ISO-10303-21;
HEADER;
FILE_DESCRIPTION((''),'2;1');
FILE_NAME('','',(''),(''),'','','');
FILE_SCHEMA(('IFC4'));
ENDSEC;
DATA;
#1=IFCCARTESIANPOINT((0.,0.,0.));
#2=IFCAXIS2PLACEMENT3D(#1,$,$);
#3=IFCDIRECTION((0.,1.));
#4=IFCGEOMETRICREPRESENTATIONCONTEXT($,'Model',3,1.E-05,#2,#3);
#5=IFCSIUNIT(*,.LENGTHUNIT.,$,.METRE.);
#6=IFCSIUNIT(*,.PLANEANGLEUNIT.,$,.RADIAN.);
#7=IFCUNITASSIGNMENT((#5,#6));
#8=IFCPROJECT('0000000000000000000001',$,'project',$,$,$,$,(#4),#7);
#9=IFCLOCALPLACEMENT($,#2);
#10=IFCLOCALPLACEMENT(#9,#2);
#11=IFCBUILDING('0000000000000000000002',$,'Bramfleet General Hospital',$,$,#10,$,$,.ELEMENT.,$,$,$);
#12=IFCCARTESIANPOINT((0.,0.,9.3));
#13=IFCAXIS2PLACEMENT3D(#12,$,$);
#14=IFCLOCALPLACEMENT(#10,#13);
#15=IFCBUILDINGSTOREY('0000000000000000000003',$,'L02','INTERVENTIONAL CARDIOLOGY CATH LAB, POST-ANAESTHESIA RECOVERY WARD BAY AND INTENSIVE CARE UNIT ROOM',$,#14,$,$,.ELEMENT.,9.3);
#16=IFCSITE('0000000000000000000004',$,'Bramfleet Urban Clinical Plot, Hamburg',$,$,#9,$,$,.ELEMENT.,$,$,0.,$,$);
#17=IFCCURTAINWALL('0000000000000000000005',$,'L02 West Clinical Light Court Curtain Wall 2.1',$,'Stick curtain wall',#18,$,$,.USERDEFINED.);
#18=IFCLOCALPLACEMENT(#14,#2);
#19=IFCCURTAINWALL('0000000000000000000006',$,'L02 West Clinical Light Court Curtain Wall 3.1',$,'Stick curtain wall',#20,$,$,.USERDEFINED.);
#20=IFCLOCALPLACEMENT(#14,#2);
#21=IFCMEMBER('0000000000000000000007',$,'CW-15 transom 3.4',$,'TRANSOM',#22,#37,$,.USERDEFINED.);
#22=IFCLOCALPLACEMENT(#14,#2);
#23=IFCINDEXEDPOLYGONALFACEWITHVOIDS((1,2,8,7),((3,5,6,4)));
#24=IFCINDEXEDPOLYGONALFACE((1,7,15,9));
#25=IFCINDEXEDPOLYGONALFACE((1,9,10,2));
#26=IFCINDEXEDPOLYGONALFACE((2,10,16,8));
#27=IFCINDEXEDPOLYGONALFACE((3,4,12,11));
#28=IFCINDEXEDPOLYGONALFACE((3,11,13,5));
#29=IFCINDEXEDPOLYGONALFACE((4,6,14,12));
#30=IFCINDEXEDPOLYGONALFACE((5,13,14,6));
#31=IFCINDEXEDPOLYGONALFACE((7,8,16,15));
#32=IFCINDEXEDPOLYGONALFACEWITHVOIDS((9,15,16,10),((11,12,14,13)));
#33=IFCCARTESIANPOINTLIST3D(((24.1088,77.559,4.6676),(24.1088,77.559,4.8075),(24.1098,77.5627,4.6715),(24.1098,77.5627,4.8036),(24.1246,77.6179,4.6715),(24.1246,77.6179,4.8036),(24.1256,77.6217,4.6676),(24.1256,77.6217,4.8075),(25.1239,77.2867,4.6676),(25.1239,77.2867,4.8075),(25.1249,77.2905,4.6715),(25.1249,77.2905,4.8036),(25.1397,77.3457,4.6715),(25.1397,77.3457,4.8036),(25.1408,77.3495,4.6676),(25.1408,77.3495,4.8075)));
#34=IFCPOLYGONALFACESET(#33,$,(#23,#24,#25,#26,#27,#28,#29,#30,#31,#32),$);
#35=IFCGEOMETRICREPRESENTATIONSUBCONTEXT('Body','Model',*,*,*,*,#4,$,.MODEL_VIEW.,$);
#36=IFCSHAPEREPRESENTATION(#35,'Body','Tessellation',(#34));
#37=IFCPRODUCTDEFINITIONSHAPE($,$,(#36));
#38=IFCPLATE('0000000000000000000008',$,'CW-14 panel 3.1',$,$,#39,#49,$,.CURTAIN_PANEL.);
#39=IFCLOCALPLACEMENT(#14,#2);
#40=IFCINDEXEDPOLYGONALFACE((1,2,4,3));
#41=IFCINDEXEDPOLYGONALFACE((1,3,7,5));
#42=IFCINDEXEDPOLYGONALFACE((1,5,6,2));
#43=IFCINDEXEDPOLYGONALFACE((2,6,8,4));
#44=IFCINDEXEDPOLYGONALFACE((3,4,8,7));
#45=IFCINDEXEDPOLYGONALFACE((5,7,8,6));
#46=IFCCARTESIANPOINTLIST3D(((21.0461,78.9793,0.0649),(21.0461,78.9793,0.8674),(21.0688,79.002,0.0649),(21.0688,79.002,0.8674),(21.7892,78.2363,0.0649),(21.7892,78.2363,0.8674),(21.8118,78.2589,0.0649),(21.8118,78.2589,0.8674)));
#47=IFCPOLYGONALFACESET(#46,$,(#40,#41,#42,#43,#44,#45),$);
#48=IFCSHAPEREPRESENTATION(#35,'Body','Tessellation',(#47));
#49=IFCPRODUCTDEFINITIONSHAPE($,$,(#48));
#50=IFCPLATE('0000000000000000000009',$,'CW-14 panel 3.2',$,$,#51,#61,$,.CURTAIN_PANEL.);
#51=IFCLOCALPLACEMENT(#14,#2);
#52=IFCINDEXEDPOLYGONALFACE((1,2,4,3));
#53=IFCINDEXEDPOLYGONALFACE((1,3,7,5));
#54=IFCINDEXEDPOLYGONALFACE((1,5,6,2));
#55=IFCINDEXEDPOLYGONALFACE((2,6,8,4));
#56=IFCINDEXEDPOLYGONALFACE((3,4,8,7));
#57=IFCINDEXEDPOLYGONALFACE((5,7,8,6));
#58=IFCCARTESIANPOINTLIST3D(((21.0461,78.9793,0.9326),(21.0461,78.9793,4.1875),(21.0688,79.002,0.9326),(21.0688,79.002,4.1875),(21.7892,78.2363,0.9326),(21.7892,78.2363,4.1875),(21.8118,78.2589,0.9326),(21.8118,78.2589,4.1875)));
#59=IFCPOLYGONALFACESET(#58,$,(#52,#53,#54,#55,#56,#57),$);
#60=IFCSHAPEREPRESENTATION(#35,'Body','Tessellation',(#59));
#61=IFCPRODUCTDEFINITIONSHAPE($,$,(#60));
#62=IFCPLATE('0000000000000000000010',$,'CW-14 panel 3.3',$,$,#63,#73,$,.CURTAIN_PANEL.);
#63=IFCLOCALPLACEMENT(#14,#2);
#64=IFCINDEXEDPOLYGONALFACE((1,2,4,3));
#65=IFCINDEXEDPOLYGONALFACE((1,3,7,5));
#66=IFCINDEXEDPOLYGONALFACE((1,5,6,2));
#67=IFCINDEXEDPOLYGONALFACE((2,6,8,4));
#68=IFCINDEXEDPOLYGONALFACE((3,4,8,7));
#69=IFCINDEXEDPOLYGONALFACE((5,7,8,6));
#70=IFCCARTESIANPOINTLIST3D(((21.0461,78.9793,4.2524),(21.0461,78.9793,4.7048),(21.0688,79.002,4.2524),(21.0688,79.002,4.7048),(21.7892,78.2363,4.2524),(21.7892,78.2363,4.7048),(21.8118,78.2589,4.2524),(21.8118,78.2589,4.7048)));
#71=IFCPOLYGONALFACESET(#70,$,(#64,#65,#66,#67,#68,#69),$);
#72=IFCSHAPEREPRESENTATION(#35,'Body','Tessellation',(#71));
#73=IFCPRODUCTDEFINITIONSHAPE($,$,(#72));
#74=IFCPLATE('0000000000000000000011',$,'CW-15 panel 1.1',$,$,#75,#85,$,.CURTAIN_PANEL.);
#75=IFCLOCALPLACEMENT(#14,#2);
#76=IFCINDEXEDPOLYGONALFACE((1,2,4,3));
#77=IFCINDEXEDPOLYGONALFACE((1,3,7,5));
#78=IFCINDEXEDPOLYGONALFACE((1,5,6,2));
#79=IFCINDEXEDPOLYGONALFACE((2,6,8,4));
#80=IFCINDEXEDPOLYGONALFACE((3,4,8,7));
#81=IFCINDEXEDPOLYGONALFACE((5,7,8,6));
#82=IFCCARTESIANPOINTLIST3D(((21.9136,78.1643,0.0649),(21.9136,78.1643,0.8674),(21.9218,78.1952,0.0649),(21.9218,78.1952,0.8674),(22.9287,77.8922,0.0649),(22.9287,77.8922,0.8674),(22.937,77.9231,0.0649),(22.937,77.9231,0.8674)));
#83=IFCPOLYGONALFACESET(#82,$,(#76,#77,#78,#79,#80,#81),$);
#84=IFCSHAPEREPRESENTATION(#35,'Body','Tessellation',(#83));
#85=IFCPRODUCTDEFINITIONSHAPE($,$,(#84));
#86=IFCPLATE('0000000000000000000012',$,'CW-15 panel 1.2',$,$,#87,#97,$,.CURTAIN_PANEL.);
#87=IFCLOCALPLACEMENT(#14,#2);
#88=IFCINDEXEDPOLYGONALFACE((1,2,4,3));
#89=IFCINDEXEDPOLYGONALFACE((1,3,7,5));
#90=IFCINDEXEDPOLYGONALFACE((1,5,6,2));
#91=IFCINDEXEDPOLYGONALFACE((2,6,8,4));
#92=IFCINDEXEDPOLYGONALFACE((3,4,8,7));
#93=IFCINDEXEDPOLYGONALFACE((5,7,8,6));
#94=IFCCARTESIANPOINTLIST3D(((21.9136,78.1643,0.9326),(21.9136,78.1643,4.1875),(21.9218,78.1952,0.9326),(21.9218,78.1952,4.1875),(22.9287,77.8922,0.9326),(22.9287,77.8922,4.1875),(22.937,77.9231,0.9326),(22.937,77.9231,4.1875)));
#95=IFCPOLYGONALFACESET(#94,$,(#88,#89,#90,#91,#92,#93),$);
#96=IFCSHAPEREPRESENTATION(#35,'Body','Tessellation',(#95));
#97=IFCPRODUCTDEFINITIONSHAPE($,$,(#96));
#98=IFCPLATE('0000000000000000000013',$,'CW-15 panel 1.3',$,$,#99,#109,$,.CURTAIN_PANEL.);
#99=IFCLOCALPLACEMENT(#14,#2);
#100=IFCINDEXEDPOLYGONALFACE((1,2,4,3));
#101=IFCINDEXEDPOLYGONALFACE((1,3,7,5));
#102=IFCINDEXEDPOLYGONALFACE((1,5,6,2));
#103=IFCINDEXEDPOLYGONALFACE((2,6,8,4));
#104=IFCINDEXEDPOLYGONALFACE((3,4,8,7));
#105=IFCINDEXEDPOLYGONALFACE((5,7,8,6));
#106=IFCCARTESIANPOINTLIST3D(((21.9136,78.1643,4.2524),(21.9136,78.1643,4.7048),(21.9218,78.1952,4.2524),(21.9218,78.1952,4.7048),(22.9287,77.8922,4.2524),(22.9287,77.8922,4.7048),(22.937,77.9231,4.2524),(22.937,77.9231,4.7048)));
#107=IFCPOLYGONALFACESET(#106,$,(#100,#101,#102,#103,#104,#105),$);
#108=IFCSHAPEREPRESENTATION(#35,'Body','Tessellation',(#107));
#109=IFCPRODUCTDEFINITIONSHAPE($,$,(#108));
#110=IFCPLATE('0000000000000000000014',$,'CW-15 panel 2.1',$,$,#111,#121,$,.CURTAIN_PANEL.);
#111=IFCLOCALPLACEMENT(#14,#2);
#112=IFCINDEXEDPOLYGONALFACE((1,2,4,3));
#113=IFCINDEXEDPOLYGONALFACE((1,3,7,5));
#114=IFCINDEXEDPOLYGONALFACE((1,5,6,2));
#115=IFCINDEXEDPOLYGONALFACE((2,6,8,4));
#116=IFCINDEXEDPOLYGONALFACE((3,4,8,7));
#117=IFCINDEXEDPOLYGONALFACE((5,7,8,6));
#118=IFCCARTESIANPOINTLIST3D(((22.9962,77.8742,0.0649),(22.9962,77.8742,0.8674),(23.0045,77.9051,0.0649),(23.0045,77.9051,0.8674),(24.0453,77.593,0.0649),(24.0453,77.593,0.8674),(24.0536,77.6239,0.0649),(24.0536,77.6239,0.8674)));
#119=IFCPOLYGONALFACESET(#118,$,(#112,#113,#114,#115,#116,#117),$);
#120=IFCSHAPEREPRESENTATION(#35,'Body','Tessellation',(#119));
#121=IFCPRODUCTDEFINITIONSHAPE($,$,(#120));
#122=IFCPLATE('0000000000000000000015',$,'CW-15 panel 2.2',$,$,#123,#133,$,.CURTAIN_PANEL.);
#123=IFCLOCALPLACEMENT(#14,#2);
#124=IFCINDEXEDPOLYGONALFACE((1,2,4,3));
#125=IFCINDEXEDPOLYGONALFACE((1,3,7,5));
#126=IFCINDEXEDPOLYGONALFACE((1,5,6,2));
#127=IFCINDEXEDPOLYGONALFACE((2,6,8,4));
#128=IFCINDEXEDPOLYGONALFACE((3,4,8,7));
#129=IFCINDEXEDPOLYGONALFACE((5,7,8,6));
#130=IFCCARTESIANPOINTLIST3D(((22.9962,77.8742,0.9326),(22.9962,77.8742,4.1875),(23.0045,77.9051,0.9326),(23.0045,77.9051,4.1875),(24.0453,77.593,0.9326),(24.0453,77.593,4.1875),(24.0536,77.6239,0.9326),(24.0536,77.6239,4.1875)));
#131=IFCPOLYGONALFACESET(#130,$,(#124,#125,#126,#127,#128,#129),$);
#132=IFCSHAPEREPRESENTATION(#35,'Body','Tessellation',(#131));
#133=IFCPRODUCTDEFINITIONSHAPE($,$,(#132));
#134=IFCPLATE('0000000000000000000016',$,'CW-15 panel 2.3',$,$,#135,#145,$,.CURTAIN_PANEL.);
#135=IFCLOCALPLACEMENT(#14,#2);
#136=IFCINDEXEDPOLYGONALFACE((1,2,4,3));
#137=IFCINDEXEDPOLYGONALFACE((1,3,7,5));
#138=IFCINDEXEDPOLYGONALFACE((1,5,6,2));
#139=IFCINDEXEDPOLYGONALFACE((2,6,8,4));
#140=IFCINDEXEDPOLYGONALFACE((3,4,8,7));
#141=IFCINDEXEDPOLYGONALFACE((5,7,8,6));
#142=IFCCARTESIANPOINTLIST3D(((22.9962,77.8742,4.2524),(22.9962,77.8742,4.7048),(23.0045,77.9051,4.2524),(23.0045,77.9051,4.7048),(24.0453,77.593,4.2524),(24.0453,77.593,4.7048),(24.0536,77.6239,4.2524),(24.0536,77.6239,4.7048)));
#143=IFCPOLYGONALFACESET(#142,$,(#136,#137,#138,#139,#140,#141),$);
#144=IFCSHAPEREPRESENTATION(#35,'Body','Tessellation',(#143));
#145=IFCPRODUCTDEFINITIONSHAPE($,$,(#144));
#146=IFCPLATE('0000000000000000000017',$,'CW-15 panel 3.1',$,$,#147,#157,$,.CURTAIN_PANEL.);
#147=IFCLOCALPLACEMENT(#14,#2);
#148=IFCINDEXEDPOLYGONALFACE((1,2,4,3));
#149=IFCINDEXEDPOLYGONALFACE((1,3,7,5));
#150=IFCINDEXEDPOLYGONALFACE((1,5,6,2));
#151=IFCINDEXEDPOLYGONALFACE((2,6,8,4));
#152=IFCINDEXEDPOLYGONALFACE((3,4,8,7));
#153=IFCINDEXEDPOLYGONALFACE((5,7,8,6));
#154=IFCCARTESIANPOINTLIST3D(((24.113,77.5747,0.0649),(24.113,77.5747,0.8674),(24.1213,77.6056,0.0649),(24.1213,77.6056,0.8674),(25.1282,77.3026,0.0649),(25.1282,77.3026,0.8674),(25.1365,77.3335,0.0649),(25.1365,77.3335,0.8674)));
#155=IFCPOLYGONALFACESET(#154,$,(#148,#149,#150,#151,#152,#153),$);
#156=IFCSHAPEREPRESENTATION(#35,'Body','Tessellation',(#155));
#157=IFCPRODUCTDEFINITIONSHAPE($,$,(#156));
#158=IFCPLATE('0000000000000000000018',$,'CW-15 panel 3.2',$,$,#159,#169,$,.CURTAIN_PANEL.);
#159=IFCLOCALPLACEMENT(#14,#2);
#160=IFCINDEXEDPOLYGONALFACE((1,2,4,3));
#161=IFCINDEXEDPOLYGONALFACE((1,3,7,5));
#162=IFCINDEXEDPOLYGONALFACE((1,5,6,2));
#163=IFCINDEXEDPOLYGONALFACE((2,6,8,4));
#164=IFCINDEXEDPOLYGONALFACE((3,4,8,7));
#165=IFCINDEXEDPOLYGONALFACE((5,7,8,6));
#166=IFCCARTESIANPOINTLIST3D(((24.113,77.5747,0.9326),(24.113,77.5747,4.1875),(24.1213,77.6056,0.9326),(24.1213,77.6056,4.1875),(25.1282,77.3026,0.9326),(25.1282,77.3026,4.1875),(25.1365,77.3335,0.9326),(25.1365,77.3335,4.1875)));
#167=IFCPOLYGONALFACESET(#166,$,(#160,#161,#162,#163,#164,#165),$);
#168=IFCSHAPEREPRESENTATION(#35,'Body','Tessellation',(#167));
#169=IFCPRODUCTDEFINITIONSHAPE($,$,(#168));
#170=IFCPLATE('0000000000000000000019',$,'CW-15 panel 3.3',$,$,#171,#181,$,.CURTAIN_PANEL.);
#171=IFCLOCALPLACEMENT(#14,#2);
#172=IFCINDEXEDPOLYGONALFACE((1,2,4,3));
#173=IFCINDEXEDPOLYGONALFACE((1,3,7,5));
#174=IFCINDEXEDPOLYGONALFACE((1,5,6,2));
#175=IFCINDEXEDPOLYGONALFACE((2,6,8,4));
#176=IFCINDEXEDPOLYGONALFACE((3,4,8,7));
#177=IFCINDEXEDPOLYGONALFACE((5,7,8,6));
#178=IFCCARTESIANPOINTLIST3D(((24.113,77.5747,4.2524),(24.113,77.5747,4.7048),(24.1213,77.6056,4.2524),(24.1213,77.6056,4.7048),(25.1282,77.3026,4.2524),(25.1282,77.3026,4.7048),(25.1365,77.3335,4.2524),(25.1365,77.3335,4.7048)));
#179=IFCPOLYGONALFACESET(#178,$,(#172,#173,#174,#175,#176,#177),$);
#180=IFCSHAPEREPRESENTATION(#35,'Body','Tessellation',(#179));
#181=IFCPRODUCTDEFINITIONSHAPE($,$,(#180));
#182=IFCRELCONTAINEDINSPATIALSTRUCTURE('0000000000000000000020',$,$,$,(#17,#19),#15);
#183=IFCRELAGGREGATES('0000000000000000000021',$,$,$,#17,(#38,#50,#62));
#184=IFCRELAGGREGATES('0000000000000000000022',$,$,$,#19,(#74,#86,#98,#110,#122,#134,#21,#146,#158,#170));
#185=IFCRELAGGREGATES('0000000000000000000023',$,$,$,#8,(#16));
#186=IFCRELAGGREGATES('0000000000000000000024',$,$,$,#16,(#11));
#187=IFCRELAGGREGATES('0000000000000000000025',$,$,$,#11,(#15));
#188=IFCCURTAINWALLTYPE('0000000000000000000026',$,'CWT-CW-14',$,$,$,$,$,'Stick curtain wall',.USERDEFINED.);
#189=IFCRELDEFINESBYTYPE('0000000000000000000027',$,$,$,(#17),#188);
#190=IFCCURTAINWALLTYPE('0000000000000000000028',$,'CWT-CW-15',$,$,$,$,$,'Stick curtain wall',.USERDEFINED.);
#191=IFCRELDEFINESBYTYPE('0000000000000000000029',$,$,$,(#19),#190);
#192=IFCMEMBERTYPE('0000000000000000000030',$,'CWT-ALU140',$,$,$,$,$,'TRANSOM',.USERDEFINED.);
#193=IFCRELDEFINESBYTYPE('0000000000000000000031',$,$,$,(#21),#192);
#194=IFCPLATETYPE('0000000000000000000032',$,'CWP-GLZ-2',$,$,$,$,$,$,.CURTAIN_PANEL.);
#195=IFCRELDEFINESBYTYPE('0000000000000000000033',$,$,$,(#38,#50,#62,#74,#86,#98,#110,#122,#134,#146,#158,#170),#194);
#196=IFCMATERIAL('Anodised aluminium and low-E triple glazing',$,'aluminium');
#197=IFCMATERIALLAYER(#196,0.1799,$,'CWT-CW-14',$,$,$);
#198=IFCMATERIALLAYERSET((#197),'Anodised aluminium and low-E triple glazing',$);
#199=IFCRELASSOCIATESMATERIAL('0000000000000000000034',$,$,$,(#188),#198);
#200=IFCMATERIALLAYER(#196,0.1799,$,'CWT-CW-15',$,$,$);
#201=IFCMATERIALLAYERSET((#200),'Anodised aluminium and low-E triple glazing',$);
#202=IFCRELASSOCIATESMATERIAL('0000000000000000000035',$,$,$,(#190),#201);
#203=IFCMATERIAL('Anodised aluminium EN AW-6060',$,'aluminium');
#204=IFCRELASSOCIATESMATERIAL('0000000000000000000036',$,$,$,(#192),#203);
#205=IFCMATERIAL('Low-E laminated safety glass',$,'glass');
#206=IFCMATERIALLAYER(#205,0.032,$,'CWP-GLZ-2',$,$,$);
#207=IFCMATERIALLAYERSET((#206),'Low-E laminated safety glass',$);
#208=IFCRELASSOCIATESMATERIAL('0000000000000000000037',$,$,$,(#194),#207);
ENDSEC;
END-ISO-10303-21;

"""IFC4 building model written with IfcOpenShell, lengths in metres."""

from ifc_helpers import new_model, si_unit, direction, frame, origin, origin_2d, place, context, subcontext, project, spatial, rectangle, hollow_rectangle, extrude, material, layer, layer_set, material_profile, profile_set, type_object, element, aggregate, save


model = new_model("IFC4")

# Units and contexts
model_context = context("Model", 3, precision=1e-05, world=origin(), true_north=direction((0.0, 1.0)))
body_context = subcontext(model_context, "Body", "Model", "MODEL_VIEW")
ifc_project = project(units=[si_unit("LENGTHUNIT", "METRE"), si_unit("PLANEANGLEUNIT", "RADIAN")], contexts=[model_context])

# Site, building, storey
site_placement = place(None, origin())
site = spatial("IfcSite", under=ifc_project, at=site_placement, Name="Bramfleet Urban Clinical Plot, Hamburg", CompositionType="ELEMENT", RefElevation=0.0)
building_placement = place(site_placement, origin())
building = spatial("IfcBuilding", under=site, at=building_placement, Name="Bramfleet General Hospital", CompositionType="ELEMENT")
storey_placement = place(building_placement, frame((0.0, 0.0, 9.3)))
storey = spatial("IfcBuildingStorey", under=building, at=storey_placement, Name="L02", Description="INTERVENTIONAL CARDIOLOGY CATH LAB, POST-ANAESTHESIA RECOVERY WARD BAY AND INTENSIVE CARE UNIT ROOM", CompositionType="ELEMENT", Elevation=9.3)

# Curtain wall
ifc_material_1 = material(Name="Anodised aluminium and low-E triple glazing", Category="aluminium")
ifc_layer_1 = layer(ifc_material_1, 0.1799, Name="CWT-CW-14")
ifc_layer_set_1 = layer_set([ifc_layer_1], Name="Anodised aluminium and low-E triple glazing")
curtain_wall_type_1 = type_object("IfcCurtainWallType", Name="CWT-CW-14", ElementType="Stick curtain wall", PredefinedType="USERDEFINED", material=ifc_layer_set_1)
curtain_wall_1_placement = place(storey_placement, origin())
curtain_wall_1 = element("IfcCurtainWall", 1, at=curtain_wall_1_placement, inside=storey, type_object=curtain_wall_type_1, Name="L02 West Clinical Light Court Curtain Wall 2.1", ObjectType="Stick curtain wall", PredefinedType="USERDEFINED")
ifc_material_2 = material(Name="Anodised aluminium EN AW-6060", Category="aluminium")

# Curtain wall
ifc_layer_2 = layer(ifc_material_1, 0.1799, Name="CWT-CW-15")
ifc_layer_set_2 = layer_set([ifc_layer_2], Name="Anodised aluminium and low-E triple glazing")
curtain_wall_type_2 = type_object("IfcCurtainWallType", Name="CWT-CW-15", ElementType="Stick curtain wall", PredefinedType="USERDEFINED", material=ifc_layer_set_2)
curtain_wall_2_placement = place(storey_placement, origin())
curtain_wall_2 = element("IfcCurtainWall", 2, at=curtain_wall_2_placement, inside=storey, type_object=curtain_wall_type_2, Name="L02 West Clinical Light Court Curtain Wall 3.1", ObjectType="Stick curtain wall", PredefinedType="USERDEFINED")

# Member
ifc_material_profile_1 = material_profile(ifc_material_2, hollow_rectangle(XDim=0.0649, YDim=0.1399, WallThickness=0.0039, at=origin_2d()), Name="ALU 140x65x4.0")
ifc_profile_set_1 = profile_set([ifc_material_profile_1], Name="Anodised aluminium EN AW-6060")
member_type_1 = type_object("IfcMemberType", Name="CWT-ALU140", ElementType="TRANSOM", PredefinedType="USERDEFINED", material=ifc_profile_set_1)
member_1_placement = place(storey_placement, frame((24.1172, 77.5903, 4.7375), z_axis=(0.965875, -0.259007, 0.0), x_axis=(0.259007, 0.965875, 0.0)))
member_1 = element("IfcMember", 3, at=member_1_placement, type_object=member_type_1, Name="CW-15 transom 3.4", ObjectType="TRANSOM", PredefinedType="USERDEFINED", context=body_context, shape_type="SweptSolid", body=[
    extrude(hollow_rectangle(XDim=0.0649, YDim=0.1399, WallThickness=0.0039, at=origin_2d()), origin(), (0.0, 0.0, 1.0), 1.051),
])

# Plates
ifc_material_3 = material(Name="Low-E laminated safety glass", Category="glass")
ifc_layer_3 = layer(ifc_material_3, 0.032, Name="CWP-GLZ-2")
ifc_layer_set_3 = layer_set([ifc_layer_3], Name="Low-E laminated safety glass")
plate_type = type_object("IfcPlateType", Name="CWP-GLZ-2", PredefinedType="CURTAIN_PANEL", material=ifc_layer_set_3)
plate_1_placement = place(storey_placement, frame((21.429, 78.6191, 0.0649), z_axis=(0.0, 0.0, 1.0), x_axis=(0.707107, -0.707107, 0.0)))
plate_1 = element("IfcPlate", 4, at=plate_1_placement, type_object=plate_type, Name="CW-14 panel 3.1", PredefinedType="CURTAIN_PANEL", context=body_context, shape_type="SweptSolid", body=[
    extrude(rectangle(XDim=1.0508, YDim=0.032, at=origin_2d()), origin(), (0.0, 0.0, 1.0), 0.8025),
])
plate_2_placement = place(storey_placement, frame((21.429, 78.6191, 0.9326), z_axis=(0.0, 0.0, 1.0), x_axis=(0.707107, -0.707107, 0.0)))
plate_2 = element("IfcPlate", 5, at=plate_2_placement, type_object=plate_type, Name="CW-14 panel 3.2", PredefinedType="CURTAIN_PANEL", context=body_context, shape_type="SweptSolid", body=[
    extrude(rectangle(XDim=1.0508, YDim=0.032, at=origin_2d()), origin(), (0.0, 0.0, 1.0), 3.2549),
])
plate_3_placement = place(storey_placement, frame((21.429, 78.6191, 4.2524), z_axis=(0.0, 0.0, 1.0), x_axis=(0.707107, -0.707107, 0.0)))
plate_3 = element("IfcPlate", 6, at=plate_3_placement, type_object=plate_type, Name="CW-14 panel 3.3", PredefinedType="CURTAIN_PANEL", context=body_context, shape_type="SweptSolid", body=[
    extrude(rectangle(XDim=1.0508, YDim=0.032, at=origin_2d()), origin(), (0.0, 0.0, 1.0), 0.4524),
])
aggregate(curtain_wall_1, [plate_1, plate_2, plate_3])
plate_4_placement = place(storey_placement, frame((22.4253, 78.0437, 0.0649), z_axis=(0.0, 0.0, 1.0), x_axis=(0.965899, -0.258919, 0.0)))
plate_4 = element("IfcPlate", 7, at=plate_4_placement, type_object=plate_type, Name="CW-15 panel 1.1", PredefinedType="CURTAIN_PANEL", context=body_context, shape_type="SweptSolid", body=[
    extrude(rectangle(XDim=1.051, YDim=0.032, at=origin_2d()), origin(), (0.0, 0.0, 1.0), 0.8025),
])
plate_5_placement = place(storey_placement, frame((22.4253, 78.0437, 0.9326), z_axis=(0.0, 0.0, 1.0), x_axis=(0.965899, -0.258919, 0.0)))
plate_5 = element("IfcPlate", 8, at=plate_5_placement, type_object=plate_type, Name="CW-15 panel 1.2", PredefinedType="CURTAIN_PANEL", context=body_context, shape_type="SweptSolid", body=[
    extrude(rectangle(XDim=1.051, YDim=0.032, at=origin_2d()), origin(), (0.0, 0.0, 1.0), 3.2549),
])
plate_6_placement = place(storey_placement, frame((22.4253, 78.0437, 4.2524), z_axis=(0.0, 0.0, 1.0), x_axis=(0.965899, -0.258919, 0.0)))
plate_6 = element("IfcPlate", 9, at=plate_6_placement, type_object=plate_type, Name="CW-15 panel 1.3", PredefinedType="CURTAIN_PANEL", context=body_context, shape_type="SweptSolid", body=[
    extrude(rectangle(XDim=1.051, YDim=0.032, at=origin_2d()), origin(), (0.0, 0.0, 1.0), 0.4524),
])
plate_7_placement = place(storey_placement, frame((23.5249, 77.749, 0.0649), z_axis=(0.0, 0.0, 1.0), x_axis=(0.965899, -0.258919, 0.0)))
plate_7 = element("IfcPlate", 10, at=plate_7_placement, type_object=plate_type, Name="CW-15 panel 2.1", PredefinedType="CURTAIN_PANEL", context=body_context, shape_type="SweptSolid", body=[
    extrude(rectangle(XDim=1.0862, YDim=0.032, at=origin_2d()), origin(), (0.0, 0.0, 1.0), 0.8025),
])
plate_8_placement = place(storey_placement, frame((23.5249, 77.749, 0.9326), z_axis=(0.0, 0.0, 1.0), x_axis=(0.965899, -0.258919, 0.0)))
plate_8 = element("IfcPlate", 11, at=plate_8_placement, type_object=plate_type, Name="CW-15 panel 2.2", PredefinedType="CURTAIN_PANEL", context=body_context, shape_type="SweptSolid", body=[
    extrude(rectangle(XDim=1.0862, YDim=0.032, at=origin_2d()), origin(), (0.0, 0.0, 1.0), 3.2549),
])
plate_9_placement = place(storey_placement, frame((23.5249, 77.749, 4.2524), z_axis=(0.0, 0.0, 1.0), x_axis=(0.965899, -0.258919, 0.0)))
plate_9 = element("IfcPlate", 12, at=plate_9_placement, type_object=plate_type, Name="CW-15 panel 2.3", PredefinedType="CURTAIN_PANEL", context=body_context, shape_type="SweptSolid", body=[
    extrude(rectangle(XDim=1.0862, YDim=0.032, at=origin_2d()), origin(), (0.0, 0.0, 1.0), 0.4524),
])
plate_10_placement = place(storey_placement, frame((24.6248, 77.4541, 0.0649), z_axis=(0.0, 0.0, 1.0), x_axis=(0.965899, -0.258919, 0.0)))
plate_10 = element("IfcPlate", 13, at=plate_10_placement, type_object=plate_type, Name="CW-15 panel 3.1", PredefinedType="CURTAIN_PANEL", context=body_context, shape_type="SweptSolid", body=[
    extrude(rectangle(XDim=1.051, YDim=0.032, at=origin_2d()), origin(), (0.0, 0.0, 1.0), 0.8025),
])
plate_11_placement = place(storey_placement, frame((24.6248, 77.4541, 0.9326), z_axis=(0.0, 0.0, 1.0), x_axis=(0.965899, -0.258919, 0.0)))
plate_11 = element("IfcPlate", 14, at=plate_11_placement, type_object=plate_type, Name="CW-15 panel 3.2", PredefinedType="CURTAIN_PANEL", context=body_context, shape_type="SweptSolid", body=[
    extrude(rectangle(XDim=1.051, YDim=0.032, at=origin_2d()), origin(), (0.0, 0.0, 1.0), 3.2549),
])
plate_12_placement = place(storey_placement, frame((24.6248, 77.4541, 4.2524), z_axis=(0.0, 0.0, 1.0), x_axis=(0.965899, -0.258919, 0.0)))
plate_12 = element("IfcPlate", 15, at=plate_12_placement, type_object=plate_type, Name="CW-15 panel 3.3", PredefinedType="CURTAIN_PANEL", context=body_context, shape_type="SweptSolid", body=[
    extrude(rectangle(XDim=1.051, YDim=0.032, at=origin_2d()), origin(), (0.0, 0.0, 1.0), 0.4524),
])
aggregate(curtain_wall_2, [plate_4, plate_5, plate_6, plate_7, plate_8, plate_9, member_1, plate_10, plate_11, plate_12])

save(model, "model.ifc")
